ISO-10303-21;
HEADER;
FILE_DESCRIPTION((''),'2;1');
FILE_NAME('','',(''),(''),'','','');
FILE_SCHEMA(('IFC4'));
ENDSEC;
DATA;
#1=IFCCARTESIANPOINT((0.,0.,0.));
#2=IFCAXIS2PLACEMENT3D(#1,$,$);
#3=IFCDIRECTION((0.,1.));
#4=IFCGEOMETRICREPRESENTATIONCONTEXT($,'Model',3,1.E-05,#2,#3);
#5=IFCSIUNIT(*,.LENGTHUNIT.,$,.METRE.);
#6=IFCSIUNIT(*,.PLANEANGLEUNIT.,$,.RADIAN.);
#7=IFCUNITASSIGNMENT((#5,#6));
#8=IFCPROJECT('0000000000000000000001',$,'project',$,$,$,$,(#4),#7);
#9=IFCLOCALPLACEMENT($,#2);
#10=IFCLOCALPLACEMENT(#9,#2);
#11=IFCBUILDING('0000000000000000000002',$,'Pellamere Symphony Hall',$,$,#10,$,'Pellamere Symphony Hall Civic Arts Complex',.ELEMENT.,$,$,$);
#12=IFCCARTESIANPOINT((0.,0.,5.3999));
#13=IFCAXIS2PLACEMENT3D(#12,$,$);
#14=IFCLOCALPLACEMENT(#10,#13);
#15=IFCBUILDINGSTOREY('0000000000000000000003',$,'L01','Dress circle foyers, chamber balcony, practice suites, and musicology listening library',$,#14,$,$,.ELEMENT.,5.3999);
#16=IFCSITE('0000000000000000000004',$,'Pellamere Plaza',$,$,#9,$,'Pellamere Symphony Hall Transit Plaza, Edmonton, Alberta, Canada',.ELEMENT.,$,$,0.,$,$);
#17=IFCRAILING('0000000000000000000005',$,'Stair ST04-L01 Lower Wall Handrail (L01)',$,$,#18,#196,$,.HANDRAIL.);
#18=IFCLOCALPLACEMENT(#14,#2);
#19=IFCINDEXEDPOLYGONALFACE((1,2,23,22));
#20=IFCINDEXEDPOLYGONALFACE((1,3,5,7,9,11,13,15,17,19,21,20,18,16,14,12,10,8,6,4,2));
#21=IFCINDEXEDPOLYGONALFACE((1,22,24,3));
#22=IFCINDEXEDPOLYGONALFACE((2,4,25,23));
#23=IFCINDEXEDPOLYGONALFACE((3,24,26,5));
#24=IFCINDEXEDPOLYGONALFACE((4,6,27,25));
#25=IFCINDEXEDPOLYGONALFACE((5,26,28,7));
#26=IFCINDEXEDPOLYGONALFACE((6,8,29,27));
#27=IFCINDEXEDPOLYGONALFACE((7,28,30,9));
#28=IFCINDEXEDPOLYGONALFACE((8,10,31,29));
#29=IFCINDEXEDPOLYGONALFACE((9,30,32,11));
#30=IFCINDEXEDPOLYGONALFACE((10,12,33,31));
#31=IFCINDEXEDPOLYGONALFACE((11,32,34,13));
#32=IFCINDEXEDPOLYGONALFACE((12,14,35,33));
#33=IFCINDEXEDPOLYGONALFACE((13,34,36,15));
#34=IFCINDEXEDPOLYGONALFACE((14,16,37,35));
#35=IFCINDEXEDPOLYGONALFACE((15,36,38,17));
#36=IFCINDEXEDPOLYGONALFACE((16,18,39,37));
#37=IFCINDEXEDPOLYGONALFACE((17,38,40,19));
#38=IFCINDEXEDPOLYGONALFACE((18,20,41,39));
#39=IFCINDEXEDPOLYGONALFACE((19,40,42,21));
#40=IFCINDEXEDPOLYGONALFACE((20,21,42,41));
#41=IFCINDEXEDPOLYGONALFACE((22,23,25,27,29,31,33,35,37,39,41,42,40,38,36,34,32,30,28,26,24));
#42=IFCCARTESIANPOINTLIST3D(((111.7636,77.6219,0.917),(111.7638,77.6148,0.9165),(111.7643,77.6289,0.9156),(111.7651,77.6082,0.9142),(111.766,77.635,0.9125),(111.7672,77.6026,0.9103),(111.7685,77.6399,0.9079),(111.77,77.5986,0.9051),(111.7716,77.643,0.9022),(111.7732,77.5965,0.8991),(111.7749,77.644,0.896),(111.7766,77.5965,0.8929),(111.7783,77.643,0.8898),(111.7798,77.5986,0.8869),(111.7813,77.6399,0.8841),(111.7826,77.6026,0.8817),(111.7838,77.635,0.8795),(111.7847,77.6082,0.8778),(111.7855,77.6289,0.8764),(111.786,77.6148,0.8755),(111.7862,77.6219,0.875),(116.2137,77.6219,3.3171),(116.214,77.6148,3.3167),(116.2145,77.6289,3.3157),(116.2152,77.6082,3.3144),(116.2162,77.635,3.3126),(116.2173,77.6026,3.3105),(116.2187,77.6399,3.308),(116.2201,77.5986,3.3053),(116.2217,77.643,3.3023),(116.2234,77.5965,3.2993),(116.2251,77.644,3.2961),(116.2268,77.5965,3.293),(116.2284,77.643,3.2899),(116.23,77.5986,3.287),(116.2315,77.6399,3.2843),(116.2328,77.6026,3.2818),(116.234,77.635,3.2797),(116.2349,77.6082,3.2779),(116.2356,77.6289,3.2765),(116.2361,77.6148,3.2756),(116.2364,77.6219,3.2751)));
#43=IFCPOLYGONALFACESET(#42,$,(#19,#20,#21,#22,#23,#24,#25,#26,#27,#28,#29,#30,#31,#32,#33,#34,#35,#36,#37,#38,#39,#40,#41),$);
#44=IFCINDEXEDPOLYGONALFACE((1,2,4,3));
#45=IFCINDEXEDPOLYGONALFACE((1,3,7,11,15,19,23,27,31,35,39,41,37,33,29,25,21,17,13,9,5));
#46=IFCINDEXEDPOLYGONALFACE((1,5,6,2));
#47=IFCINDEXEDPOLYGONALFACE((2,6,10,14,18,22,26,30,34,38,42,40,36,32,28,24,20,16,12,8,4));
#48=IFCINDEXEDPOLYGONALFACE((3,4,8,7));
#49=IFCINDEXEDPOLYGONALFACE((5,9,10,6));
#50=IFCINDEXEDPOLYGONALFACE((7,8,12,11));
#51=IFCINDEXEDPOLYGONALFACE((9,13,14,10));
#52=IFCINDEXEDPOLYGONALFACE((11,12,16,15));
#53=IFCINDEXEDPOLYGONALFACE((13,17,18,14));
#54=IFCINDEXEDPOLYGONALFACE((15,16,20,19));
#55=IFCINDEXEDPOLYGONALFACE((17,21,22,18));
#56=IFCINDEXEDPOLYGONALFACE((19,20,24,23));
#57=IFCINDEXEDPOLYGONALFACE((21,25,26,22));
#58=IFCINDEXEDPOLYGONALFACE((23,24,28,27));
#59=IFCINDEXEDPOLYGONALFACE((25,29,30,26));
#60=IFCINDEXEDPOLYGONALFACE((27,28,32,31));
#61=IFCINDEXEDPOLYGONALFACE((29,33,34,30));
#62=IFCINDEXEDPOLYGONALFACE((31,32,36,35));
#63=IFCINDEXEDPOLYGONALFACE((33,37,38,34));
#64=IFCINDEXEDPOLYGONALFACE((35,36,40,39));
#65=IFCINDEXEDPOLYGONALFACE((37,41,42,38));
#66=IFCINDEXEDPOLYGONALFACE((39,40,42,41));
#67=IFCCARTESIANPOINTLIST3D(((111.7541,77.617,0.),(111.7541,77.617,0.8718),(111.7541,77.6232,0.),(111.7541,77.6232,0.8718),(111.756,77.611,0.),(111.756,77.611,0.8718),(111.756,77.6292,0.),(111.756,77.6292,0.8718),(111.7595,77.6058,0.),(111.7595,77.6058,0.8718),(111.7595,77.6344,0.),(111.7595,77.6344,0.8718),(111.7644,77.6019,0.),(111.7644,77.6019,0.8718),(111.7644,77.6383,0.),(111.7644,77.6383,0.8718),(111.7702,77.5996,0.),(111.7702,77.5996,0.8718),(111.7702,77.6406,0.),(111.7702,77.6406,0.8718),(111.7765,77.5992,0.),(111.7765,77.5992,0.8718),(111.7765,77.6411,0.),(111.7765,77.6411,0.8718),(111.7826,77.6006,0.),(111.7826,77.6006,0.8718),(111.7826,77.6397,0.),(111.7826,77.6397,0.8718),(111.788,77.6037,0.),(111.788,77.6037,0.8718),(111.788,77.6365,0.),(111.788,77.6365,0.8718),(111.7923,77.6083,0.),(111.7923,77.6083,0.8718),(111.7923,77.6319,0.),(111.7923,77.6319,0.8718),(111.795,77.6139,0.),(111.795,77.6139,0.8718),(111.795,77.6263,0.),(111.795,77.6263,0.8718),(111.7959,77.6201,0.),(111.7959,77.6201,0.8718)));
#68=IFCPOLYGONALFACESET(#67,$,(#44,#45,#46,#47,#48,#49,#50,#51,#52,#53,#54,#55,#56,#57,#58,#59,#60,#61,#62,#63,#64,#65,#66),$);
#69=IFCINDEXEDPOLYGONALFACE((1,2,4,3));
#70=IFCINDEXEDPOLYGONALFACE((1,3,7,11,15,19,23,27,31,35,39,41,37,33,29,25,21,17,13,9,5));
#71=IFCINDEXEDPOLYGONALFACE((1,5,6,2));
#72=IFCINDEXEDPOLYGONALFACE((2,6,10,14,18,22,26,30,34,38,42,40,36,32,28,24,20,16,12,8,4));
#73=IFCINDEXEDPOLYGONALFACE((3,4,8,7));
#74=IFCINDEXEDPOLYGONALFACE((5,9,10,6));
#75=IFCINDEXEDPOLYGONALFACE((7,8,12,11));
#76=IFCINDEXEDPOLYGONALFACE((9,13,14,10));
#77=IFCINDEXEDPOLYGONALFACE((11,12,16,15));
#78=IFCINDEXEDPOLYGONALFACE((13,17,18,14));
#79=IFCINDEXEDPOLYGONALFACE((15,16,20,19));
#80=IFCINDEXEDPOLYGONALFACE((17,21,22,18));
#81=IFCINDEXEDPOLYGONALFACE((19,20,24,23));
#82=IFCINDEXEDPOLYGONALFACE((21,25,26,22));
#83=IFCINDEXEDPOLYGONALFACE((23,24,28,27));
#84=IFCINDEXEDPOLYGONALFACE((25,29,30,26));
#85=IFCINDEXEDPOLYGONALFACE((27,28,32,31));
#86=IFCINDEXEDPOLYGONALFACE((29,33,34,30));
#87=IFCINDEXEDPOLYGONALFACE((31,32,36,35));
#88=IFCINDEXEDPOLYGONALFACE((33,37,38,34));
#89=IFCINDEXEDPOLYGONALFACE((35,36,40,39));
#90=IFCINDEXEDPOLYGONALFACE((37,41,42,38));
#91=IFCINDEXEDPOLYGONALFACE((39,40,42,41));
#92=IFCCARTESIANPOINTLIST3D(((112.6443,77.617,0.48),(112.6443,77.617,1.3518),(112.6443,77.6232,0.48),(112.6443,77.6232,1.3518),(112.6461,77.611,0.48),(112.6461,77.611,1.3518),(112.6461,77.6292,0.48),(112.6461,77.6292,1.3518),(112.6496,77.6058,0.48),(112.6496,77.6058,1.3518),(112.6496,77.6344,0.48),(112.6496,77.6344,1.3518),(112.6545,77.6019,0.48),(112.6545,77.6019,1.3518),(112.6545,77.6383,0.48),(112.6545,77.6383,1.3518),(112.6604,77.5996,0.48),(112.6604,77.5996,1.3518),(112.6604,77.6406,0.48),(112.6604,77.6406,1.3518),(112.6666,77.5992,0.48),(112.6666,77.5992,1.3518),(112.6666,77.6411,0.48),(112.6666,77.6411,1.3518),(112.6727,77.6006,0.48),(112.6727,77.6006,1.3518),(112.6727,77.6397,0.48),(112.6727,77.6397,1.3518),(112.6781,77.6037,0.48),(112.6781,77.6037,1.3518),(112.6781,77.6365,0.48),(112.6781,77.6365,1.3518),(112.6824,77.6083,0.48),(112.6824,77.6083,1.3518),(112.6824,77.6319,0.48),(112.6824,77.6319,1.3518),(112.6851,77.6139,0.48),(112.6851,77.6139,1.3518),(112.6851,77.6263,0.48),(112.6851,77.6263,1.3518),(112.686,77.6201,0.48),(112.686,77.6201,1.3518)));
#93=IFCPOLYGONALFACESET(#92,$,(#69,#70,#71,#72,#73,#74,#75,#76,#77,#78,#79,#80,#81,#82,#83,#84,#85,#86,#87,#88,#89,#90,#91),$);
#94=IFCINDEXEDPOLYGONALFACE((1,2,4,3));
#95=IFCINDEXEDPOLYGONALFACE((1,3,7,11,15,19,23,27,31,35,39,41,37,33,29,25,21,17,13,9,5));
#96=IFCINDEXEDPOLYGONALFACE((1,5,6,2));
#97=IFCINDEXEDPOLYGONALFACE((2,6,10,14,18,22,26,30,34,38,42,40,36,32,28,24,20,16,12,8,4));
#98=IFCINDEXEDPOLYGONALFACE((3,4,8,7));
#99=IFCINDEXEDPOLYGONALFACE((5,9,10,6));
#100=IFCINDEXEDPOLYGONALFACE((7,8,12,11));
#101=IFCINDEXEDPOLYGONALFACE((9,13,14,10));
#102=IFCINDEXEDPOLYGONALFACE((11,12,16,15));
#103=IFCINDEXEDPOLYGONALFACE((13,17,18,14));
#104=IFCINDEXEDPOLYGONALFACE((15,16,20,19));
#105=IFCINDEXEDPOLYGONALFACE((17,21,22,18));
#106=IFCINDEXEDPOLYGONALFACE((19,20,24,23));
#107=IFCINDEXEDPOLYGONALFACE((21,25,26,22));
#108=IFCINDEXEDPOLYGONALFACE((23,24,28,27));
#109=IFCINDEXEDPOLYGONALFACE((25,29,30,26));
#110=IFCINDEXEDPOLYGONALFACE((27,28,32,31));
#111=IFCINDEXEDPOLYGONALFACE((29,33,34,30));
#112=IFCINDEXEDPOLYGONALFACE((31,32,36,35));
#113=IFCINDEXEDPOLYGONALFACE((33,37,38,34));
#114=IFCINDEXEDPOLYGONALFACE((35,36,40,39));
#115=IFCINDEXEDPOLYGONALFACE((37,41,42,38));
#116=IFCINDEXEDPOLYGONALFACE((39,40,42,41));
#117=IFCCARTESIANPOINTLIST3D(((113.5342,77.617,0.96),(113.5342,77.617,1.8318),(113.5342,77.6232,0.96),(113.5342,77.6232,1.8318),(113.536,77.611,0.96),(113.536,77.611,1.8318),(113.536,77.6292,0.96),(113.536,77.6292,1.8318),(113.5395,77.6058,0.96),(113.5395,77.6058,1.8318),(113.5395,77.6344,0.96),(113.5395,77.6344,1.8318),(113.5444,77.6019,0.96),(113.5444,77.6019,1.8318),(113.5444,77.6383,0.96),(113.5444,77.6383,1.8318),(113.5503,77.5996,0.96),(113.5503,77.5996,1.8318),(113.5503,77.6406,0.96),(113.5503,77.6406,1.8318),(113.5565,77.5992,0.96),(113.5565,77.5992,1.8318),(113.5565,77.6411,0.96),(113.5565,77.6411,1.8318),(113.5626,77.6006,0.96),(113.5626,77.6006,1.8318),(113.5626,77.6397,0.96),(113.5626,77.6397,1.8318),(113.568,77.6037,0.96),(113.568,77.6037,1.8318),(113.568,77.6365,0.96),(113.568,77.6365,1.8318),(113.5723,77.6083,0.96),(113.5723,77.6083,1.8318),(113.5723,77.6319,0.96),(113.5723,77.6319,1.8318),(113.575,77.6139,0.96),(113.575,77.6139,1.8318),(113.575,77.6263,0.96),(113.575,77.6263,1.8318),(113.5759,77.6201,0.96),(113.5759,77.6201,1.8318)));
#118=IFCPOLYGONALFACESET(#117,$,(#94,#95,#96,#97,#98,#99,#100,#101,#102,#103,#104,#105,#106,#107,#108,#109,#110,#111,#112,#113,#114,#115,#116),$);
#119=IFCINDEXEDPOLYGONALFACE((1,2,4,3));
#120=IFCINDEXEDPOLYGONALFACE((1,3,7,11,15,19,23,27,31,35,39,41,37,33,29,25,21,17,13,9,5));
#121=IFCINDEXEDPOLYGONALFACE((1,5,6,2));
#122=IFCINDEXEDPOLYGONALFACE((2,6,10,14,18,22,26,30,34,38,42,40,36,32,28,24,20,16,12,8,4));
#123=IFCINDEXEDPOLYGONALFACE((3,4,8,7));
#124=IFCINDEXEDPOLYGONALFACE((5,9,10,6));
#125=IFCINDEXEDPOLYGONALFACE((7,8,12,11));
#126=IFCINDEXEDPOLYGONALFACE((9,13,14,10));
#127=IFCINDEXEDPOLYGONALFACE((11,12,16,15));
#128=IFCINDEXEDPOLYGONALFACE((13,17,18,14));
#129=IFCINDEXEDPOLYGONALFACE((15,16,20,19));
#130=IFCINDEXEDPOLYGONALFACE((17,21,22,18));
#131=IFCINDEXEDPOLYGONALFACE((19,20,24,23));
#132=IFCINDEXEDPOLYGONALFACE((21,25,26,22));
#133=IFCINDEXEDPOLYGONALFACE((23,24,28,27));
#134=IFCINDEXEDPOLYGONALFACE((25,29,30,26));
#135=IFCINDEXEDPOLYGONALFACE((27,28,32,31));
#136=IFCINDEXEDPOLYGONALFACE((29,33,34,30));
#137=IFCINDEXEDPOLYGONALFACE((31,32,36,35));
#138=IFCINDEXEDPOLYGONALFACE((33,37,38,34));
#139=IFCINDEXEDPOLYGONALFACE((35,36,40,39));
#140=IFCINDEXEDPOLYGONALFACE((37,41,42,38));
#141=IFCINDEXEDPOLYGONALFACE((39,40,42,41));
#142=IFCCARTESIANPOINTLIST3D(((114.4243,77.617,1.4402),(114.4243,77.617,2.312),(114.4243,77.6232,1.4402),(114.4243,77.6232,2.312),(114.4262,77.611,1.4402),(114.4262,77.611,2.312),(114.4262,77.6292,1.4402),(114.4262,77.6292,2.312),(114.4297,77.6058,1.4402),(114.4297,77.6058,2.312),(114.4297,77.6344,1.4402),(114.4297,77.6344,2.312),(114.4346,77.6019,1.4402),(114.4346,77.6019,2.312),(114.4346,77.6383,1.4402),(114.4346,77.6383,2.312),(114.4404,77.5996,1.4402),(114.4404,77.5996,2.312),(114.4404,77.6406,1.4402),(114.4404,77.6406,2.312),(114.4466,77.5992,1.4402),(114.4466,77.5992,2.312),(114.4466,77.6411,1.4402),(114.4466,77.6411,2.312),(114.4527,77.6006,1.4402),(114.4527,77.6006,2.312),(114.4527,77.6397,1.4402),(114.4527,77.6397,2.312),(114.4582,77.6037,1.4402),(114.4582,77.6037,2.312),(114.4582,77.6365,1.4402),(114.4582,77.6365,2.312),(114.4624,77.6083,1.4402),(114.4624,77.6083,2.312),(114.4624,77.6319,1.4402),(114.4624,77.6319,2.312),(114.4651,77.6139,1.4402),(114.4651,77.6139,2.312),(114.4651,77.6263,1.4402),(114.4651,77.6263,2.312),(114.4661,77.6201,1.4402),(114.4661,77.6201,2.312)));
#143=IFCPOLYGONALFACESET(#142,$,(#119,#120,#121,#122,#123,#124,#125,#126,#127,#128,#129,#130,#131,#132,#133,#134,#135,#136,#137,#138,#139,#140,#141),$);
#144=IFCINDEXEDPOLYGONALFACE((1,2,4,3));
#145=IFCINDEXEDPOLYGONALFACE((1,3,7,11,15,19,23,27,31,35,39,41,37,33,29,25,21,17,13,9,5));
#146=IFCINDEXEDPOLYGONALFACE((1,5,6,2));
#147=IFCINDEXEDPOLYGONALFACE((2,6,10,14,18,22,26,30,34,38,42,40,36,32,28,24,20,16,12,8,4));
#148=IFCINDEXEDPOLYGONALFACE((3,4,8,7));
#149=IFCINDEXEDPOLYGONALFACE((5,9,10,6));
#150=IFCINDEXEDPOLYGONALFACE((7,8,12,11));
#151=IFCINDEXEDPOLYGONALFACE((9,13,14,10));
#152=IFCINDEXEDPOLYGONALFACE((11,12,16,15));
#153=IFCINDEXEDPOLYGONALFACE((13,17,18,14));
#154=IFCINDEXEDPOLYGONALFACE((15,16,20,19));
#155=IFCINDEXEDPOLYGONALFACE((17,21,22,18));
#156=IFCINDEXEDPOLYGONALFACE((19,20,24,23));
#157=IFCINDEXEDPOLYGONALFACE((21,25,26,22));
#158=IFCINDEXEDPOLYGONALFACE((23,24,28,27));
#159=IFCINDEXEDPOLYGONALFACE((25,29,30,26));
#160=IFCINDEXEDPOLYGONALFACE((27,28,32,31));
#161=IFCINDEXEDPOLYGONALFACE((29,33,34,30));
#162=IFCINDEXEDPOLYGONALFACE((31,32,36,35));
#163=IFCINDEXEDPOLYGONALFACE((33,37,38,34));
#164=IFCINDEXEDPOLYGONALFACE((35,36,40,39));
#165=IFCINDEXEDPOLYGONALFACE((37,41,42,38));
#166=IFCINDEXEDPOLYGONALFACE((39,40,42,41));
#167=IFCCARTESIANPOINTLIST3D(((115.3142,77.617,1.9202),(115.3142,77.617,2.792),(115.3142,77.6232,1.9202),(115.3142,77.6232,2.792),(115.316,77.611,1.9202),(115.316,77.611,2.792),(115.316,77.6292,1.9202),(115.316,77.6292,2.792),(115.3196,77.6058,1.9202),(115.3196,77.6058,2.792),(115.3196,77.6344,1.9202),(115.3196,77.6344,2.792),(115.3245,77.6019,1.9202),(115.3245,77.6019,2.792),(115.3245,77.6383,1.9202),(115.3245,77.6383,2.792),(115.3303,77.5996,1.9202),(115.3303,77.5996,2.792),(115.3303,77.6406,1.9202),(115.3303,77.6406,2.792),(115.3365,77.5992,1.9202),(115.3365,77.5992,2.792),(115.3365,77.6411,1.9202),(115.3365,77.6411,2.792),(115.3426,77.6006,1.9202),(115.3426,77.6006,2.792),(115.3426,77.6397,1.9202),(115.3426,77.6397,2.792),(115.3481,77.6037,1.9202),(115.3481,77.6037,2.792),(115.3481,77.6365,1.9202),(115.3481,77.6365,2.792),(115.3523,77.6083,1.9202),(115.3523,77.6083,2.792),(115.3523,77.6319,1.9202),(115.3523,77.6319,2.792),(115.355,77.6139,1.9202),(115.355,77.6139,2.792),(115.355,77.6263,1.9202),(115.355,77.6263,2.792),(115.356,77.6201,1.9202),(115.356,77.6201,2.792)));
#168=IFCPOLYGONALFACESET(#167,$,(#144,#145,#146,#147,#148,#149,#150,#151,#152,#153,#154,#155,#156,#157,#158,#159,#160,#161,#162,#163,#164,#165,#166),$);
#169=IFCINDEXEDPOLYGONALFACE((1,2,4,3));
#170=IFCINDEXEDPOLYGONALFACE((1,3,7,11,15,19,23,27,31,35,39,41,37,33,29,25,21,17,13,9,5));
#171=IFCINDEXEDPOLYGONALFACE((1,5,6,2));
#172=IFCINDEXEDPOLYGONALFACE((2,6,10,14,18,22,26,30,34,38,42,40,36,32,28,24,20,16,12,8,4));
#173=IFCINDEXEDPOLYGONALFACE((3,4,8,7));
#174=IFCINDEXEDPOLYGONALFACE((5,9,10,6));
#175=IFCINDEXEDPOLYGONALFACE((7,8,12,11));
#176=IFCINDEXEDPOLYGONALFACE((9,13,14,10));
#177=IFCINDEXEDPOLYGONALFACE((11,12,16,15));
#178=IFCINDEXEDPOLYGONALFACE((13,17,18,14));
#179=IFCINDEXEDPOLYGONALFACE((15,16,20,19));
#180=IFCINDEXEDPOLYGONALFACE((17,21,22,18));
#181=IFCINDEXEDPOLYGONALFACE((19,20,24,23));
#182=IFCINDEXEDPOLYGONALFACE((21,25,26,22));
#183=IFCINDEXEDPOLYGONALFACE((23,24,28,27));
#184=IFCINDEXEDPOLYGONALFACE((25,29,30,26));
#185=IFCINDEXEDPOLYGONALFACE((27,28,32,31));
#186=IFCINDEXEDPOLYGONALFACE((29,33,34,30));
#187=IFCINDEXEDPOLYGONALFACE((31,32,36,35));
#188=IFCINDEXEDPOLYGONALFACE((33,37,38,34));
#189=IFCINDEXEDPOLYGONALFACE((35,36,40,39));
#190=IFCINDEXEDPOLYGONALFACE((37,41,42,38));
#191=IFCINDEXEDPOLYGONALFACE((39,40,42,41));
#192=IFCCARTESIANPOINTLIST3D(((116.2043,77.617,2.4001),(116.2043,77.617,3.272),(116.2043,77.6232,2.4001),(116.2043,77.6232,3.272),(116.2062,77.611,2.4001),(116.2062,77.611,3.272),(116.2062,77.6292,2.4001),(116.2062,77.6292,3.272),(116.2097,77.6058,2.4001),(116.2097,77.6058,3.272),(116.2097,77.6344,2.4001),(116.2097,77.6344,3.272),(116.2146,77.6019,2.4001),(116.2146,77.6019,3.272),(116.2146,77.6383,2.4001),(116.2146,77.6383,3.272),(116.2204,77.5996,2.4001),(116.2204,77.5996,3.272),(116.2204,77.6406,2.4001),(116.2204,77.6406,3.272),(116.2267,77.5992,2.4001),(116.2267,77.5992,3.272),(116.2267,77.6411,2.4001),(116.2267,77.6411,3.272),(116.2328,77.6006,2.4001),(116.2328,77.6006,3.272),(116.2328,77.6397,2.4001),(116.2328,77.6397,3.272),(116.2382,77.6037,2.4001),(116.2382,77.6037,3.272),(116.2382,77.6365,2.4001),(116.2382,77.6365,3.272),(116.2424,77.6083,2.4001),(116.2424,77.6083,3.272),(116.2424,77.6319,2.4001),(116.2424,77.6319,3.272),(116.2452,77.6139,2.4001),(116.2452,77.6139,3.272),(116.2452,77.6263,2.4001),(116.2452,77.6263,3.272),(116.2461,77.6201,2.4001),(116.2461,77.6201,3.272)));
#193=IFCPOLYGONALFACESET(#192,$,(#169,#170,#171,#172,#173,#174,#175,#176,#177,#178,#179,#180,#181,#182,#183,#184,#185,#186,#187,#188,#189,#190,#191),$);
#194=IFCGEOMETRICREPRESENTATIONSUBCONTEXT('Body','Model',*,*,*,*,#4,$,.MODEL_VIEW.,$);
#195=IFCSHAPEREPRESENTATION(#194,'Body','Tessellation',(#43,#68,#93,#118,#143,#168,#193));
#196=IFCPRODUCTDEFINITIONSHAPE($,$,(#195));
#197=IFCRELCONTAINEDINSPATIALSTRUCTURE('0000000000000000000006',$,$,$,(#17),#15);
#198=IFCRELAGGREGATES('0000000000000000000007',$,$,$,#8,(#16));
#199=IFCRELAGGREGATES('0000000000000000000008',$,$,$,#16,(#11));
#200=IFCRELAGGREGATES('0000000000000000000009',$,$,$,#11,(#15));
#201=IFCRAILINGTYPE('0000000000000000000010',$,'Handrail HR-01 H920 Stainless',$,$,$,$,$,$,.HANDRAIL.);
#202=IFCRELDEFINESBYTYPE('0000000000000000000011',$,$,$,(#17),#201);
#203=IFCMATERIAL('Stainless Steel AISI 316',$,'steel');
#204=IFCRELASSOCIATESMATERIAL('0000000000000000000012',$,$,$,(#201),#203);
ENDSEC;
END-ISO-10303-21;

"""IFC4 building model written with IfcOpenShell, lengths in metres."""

from ifc_helpers import new_model, si_unit, direction, frame, origin, origin_2d, place, context, subcontext, project, spatial, circle, extrude, material, type_object, element, save


model = new_model("IFC4")

# Units and contexts
model_context = context("Model", 3, precision=1e-05, world=origin(), true_north=direction((0.0, 1.0)))
body_context = subcontext(model_context, "Body", "Model", "MODEL_VIEW")
ifc_project = project(units=[si_unit("LENGTHUNIT", "METRE"), si_unit("PLANEANGLEUNIT", "RADIAN")], contexts=[model_context])

# Site, building, storey
site_placement = place(None, origin())
site = spatial("IfcSite", under=ifc_project, at=site_placement, Name="Pellamere Plaza", LongName="Pellamere Symphony Hall Transit Plaza, Edmonton, Alberta, Canada", CompositionType="ELEMENT", RefElevation=0.0)
building_placement = place(site_placement, origin())
building = spatial("IfcBuilding", under=site, at=building_placement, Name="Pellamere Symphony Hall", LongName="Pellamere Symphony Hall Civic Arts Complex", CompositionType="ELEMENT")
storey_placement = place(building_placement, frame((0.0, 0.0, 5.3999)))
storey = spatial("IfcBuildingStorey", under=building, at=storey_placement, Name="L01", Description="Dress circle foyers, chamber balcony, practice suites, and musicology listening library", CompositionType="ELEMENT", Elevation=5.3999)

# Railing
ifc_material_1 = material(Name="Stainless Steel AISI 316", Category="steel")
railing_type_1 = type_object("IfcRailingType", Name="Handrail HR-01 H920 Stainless", PredefinedType="HANDRAIL", material=ifc_material_1)
railing_1_placement = place(storey_placement, frame((111.7749, 77.6201, 0.0)))
element("IfcRailing", 1, at=railing_1_placement, inside=storey, type_object=railing_type_1, Name="Stair ST04-L01 Lower Wall Handrail (L01)", PredefinedType="HANDRAIL", context=body_context, shape_type="SweptSolid", body=[
    extrude(circle(Radius=0.0239, at=origin_2d()), frame((0.0, 0.0, 0.896), z_axis=(0.88015, 0.0, 0.474696), x_axis=(0.0, 1.0, 0.0)), (0.0, 0.0, 1.0), 5.0562),
    extrude(circle(Radius=0.021, at=origin_2d()), origin(), (0.0, 0.0, 1.0), 0.8718),
    extrude(circle(Radius=0.021, at=origin_2d()), frame((0.8901, 0.0, 0.48)), (0.0, 0.0, 1.0), 0.8718),
    extrude(circle(Radius=0.021, at=origin_2d()), frame((1.78, 0.0, 0.96)), (0.0, 0.0, 1.0), 0.8718),
    extrude(circle(Radius=0.021, at=origin_2d()), frame((2.6702, 0.0, 1.4402)), (0.0, 0.0, 1.0), 0.8718),
    extrude(circle(Radius=0.021, at=origin_2d()), frame((3.5601, 0.0, 1.9202)), (0.0, 0.0, 1.0), 0.8718),
    extrude(circle(Radius=0.021, at=origin_2d()), frame((4.4502, 0.0, 2.4001)), (0.0, 0.0, 1.0), 0.8718),
])

save(model, "model.ifc")
